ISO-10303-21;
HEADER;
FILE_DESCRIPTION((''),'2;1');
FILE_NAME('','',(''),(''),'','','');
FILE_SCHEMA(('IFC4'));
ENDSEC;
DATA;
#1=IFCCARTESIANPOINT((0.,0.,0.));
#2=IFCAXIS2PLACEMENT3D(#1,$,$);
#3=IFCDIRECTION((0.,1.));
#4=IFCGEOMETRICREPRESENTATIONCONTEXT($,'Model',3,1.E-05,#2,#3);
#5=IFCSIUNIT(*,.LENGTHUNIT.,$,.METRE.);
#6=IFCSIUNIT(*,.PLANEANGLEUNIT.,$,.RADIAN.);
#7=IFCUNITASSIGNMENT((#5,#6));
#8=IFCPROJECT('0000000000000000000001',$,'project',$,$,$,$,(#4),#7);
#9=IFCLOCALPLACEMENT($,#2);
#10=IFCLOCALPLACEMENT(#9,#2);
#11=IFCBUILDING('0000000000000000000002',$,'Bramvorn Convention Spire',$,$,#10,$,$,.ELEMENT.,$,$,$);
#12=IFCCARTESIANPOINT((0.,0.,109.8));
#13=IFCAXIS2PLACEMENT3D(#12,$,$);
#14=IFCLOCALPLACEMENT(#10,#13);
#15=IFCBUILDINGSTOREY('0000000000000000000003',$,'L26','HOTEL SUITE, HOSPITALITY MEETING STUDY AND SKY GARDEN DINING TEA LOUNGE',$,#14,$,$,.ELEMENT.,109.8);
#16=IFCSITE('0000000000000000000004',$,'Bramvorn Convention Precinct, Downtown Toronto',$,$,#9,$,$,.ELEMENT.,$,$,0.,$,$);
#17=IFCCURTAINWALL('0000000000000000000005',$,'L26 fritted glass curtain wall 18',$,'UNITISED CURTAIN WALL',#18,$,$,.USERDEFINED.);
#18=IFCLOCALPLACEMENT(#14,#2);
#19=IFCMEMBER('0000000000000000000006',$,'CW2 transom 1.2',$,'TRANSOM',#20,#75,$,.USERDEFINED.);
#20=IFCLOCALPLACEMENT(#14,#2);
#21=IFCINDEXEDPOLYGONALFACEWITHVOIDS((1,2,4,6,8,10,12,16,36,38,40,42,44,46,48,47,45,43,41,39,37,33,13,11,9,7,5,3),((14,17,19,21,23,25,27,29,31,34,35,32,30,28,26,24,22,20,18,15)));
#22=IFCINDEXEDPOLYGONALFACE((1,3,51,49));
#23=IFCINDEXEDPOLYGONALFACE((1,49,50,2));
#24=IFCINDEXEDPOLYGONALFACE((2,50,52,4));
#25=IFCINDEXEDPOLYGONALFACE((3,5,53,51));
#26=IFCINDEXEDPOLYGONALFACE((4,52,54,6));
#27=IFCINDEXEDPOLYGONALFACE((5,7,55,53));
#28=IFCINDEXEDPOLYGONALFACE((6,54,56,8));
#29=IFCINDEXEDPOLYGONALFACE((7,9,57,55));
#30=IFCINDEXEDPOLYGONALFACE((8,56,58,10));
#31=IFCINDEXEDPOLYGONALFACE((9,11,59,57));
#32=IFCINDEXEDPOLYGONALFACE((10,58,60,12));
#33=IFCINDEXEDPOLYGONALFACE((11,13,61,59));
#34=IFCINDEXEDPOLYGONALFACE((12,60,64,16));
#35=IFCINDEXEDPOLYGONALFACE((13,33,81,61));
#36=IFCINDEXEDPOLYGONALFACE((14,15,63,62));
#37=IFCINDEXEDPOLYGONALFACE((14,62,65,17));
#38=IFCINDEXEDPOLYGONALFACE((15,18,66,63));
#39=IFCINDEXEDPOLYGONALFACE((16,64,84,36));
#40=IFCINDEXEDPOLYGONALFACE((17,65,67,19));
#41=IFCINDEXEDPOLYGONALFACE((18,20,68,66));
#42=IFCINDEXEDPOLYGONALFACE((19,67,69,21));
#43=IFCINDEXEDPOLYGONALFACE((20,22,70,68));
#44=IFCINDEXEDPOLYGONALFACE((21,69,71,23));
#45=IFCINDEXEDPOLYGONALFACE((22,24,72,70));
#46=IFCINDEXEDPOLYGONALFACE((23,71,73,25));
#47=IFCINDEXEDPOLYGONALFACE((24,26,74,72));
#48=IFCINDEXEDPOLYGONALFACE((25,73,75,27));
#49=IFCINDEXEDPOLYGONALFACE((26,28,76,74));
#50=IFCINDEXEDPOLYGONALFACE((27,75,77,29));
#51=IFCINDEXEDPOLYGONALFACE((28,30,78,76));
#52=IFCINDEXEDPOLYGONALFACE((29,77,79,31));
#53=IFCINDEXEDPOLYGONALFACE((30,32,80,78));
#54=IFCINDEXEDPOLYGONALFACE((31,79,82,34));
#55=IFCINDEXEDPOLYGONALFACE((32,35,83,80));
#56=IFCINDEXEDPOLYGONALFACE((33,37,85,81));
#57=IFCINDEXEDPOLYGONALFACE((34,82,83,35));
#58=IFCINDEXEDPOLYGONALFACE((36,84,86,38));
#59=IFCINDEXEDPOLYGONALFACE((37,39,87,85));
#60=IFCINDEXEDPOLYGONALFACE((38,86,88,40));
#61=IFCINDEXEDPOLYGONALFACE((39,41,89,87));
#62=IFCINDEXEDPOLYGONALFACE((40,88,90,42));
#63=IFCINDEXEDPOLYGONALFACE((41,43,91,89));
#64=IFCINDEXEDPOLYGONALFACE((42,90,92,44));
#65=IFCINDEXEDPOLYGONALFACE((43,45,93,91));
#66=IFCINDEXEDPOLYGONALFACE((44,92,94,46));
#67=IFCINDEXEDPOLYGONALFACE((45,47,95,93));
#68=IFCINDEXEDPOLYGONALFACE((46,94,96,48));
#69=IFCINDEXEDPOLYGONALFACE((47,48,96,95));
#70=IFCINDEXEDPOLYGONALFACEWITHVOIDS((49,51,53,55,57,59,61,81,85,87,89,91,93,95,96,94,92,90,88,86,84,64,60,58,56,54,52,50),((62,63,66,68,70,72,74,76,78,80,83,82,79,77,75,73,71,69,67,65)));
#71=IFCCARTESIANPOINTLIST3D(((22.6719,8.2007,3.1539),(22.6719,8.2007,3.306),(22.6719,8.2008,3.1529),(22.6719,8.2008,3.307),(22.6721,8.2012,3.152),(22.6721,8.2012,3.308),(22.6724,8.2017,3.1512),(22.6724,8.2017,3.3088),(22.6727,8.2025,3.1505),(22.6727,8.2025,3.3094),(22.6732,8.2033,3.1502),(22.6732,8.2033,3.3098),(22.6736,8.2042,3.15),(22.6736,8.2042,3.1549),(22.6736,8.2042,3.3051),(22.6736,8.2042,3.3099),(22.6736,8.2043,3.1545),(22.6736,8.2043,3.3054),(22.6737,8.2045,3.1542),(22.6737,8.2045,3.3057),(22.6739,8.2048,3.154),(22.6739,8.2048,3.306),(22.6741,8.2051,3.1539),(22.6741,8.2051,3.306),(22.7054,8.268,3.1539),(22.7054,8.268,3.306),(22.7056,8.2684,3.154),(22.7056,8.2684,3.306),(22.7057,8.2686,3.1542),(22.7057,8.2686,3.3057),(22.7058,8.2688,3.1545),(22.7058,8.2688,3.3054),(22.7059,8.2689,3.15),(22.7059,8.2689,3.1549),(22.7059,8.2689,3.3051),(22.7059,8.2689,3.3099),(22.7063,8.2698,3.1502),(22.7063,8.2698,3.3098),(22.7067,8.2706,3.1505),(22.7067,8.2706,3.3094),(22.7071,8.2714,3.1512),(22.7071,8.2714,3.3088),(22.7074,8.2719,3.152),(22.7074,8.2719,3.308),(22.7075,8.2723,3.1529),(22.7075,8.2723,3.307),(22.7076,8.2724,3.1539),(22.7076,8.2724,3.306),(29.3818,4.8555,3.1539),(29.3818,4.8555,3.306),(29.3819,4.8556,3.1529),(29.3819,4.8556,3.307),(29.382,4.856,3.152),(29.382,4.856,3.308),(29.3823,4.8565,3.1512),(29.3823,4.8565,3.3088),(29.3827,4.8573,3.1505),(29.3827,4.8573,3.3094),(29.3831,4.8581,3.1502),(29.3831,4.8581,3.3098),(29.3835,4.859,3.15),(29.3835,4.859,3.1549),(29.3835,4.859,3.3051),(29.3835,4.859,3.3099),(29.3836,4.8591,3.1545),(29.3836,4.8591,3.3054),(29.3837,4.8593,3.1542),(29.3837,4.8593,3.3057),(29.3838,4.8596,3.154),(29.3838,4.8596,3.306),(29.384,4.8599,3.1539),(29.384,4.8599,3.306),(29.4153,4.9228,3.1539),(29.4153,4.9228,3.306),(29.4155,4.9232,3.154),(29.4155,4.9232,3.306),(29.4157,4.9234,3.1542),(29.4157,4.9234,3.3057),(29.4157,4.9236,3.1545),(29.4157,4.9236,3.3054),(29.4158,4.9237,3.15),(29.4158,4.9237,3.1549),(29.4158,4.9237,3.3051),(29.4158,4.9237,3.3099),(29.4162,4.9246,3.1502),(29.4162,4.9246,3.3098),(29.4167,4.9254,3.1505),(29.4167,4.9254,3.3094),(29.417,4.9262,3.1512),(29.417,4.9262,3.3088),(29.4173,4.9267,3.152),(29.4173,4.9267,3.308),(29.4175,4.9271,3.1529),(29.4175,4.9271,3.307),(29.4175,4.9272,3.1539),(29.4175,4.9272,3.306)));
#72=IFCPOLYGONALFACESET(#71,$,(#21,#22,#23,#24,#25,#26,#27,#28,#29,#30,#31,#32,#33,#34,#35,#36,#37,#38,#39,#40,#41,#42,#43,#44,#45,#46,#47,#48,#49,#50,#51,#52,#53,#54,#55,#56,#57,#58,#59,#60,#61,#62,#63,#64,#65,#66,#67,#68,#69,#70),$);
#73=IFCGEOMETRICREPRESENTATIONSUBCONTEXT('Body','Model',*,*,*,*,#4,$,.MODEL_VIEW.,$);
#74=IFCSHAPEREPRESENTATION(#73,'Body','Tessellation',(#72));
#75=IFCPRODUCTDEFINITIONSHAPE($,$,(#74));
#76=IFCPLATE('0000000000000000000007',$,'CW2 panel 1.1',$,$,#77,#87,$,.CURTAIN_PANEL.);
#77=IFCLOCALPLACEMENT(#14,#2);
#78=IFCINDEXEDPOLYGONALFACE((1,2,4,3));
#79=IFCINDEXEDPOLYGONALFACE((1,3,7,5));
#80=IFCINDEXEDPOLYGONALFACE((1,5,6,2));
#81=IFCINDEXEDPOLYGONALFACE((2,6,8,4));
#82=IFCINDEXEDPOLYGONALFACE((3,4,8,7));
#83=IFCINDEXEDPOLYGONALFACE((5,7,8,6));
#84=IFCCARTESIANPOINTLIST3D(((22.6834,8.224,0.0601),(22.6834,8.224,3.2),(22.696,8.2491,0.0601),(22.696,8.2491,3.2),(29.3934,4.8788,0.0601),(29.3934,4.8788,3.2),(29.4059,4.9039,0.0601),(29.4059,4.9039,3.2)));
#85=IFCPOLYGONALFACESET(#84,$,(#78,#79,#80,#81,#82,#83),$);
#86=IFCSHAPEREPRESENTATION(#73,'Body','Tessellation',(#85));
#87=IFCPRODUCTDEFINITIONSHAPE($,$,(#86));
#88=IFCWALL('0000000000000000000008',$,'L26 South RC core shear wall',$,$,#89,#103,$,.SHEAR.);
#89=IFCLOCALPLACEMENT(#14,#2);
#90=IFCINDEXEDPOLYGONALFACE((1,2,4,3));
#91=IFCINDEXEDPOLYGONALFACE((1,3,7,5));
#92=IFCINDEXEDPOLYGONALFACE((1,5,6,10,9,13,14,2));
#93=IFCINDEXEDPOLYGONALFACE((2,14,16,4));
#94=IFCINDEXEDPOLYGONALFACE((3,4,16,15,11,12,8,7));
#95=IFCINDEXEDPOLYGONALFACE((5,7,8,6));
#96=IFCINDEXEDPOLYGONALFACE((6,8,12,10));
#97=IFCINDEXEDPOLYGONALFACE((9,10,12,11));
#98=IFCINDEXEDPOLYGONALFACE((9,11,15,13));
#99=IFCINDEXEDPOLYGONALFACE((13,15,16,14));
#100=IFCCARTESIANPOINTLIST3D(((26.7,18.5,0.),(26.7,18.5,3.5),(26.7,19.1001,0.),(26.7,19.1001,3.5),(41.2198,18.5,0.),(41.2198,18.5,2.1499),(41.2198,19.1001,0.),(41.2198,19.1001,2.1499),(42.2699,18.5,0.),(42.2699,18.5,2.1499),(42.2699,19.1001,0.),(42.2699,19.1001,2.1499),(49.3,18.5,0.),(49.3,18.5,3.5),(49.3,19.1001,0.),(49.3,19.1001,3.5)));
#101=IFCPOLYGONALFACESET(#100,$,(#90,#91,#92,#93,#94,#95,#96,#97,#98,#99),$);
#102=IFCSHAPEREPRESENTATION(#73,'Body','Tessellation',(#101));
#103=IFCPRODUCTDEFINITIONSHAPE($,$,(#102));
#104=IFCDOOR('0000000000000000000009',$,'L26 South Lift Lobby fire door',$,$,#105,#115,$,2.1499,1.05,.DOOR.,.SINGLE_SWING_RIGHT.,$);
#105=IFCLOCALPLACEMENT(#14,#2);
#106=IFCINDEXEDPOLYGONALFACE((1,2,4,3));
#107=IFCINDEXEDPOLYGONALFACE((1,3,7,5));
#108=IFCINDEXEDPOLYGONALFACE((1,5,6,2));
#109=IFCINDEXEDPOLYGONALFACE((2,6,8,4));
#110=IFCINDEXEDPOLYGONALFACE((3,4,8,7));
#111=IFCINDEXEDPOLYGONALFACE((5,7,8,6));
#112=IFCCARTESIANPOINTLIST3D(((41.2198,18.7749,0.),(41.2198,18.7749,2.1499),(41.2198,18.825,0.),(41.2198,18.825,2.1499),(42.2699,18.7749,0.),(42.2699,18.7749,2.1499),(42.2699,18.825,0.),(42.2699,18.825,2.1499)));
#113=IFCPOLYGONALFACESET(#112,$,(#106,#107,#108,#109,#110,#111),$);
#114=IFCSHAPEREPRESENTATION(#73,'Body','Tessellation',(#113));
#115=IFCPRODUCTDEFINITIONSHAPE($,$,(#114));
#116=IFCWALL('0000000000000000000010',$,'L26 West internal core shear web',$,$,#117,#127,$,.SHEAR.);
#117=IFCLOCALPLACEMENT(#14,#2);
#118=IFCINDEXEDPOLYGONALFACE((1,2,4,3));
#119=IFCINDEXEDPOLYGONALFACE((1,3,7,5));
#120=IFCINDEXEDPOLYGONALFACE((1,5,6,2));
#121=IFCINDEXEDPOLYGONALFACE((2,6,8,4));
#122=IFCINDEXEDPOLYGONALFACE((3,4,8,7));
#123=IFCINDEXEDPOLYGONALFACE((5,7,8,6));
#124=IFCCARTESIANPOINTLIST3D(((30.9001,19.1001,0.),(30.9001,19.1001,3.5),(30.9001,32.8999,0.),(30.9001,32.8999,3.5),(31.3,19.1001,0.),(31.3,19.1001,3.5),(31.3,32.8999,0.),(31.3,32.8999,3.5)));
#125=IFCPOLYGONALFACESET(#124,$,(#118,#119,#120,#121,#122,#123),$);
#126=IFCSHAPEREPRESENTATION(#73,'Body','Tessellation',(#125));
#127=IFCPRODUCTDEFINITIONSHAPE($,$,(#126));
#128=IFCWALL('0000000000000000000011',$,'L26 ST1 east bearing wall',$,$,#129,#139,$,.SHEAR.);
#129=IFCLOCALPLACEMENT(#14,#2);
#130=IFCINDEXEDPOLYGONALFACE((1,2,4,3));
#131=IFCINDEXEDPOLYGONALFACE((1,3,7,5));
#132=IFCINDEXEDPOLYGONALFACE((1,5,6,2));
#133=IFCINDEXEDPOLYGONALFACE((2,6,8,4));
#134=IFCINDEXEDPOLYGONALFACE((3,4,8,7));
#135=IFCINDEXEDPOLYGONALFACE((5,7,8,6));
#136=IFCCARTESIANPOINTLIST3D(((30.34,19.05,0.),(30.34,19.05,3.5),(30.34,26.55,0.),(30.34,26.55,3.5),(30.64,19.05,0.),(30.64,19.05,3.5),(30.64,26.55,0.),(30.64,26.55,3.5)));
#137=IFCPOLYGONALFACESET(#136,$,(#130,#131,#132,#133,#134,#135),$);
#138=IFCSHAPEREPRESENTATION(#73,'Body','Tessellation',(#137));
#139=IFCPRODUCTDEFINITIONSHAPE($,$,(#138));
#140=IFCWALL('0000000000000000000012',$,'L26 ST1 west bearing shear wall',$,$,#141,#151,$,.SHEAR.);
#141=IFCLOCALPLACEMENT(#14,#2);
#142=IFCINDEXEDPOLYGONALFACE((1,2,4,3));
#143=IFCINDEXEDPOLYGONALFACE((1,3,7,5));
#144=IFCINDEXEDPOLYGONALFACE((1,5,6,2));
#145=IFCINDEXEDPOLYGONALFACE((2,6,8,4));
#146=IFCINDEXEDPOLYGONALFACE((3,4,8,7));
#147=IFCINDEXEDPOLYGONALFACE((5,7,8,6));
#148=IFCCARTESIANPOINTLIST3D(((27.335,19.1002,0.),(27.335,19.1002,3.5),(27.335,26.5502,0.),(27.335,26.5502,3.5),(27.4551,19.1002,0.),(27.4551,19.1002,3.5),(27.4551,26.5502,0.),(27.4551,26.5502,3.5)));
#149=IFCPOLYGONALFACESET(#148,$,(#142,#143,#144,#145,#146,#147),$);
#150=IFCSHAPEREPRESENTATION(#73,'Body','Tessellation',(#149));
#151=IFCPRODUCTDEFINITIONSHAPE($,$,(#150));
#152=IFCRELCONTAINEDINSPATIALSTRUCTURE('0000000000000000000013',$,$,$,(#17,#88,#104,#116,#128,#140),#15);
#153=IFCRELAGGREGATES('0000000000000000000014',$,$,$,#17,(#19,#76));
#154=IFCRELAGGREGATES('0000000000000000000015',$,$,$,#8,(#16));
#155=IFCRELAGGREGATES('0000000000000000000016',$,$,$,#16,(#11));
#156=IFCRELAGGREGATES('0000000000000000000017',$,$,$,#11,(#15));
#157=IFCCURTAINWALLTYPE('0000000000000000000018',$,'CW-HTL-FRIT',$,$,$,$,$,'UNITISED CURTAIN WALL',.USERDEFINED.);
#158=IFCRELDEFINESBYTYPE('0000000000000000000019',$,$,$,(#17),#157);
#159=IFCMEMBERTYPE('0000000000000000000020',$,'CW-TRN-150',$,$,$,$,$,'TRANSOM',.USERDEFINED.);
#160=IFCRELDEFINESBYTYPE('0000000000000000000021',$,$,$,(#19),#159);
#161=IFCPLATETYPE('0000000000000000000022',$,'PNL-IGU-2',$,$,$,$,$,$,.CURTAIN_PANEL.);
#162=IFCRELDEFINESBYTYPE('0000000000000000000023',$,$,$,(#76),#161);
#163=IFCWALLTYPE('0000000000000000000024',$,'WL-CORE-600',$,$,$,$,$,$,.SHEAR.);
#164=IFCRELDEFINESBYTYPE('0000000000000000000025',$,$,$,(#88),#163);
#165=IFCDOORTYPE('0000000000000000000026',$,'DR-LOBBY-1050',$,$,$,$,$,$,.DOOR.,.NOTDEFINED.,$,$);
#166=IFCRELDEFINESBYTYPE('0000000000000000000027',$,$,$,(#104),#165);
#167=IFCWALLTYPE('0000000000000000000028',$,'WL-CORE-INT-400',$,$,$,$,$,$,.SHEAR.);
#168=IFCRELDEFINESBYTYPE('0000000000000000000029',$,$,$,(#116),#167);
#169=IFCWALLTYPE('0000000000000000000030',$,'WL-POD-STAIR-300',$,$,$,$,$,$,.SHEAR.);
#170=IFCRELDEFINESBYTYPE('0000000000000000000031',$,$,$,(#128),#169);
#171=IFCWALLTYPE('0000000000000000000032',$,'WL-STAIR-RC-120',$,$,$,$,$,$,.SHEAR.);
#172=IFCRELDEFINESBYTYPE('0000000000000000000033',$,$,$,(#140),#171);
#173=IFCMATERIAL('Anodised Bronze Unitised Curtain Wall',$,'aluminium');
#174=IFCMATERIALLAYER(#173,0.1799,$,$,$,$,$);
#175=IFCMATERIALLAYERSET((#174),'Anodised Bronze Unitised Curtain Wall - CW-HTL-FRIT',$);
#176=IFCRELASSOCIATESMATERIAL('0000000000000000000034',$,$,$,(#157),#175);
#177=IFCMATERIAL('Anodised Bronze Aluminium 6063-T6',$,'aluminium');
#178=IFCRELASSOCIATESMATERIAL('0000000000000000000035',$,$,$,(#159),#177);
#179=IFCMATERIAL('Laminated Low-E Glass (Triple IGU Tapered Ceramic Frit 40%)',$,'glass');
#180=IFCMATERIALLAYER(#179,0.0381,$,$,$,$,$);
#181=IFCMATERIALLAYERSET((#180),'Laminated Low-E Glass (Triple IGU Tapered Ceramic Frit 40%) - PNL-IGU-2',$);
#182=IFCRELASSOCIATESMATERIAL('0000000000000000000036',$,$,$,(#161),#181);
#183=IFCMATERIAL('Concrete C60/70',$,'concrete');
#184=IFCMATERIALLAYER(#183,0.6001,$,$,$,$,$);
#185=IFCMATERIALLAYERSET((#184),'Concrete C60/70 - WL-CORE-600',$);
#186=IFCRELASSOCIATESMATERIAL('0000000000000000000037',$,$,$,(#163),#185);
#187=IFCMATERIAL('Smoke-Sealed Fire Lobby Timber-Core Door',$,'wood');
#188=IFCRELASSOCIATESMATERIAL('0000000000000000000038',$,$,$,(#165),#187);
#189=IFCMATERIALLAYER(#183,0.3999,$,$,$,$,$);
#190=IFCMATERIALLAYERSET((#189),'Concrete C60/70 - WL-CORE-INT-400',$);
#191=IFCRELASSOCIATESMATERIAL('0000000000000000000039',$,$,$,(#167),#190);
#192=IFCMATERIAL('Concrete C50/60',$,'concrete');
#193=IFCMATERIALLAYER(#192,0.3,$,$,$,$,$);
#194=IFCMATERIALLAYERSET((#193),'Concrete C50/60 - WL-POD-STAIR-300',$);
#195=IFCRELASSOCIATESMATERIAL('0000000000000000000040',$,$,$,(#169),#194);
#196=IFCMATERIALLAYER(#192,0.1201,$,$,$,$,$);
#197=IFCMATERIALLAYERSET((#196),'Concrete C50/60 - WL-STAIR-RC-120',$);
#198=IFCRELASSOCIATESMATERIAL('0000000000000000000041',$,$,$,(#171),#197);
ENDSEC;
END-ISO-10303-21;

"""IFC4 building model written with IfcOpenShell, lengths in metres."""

from ifc_helpers import new_model, si_unit, direction, frame, frame_2d, origin, origin_2d, place, context, subcontext, project, spatial, rectangle, hollow_rectangle, extrude, material, layer, layer_set, material_profile, profile_set, type_object, element, fill, aggregate, save


model = new_model("IFC4")

# Units and contexts
model_context = context("Model", 3, precision=1e-05, world=origin(), true_north=direction((0.0, 1.0)))
body_context = subcontext(model_context, "Body", "Model", "MODEL_VIEW")
ifc_project = project(units=[si_unit("LENGTHUNIT", "METRE"), si_unit("PLANEANGLEUNIT", "RADIAN")], contexts=[model_context])

# Site, building, storey
site_placement = place(None, origin())
site = spatial("IfcSite", under=ifc_project, at=site_placement, Name="Bramvorn Convention Precinct, Downtown Toronto", CompositionType="ELEMENT", RefElevation=0.0)
building_placement = place(site_placement, origin())
building = spatial("IfcBuilding", under=site, at=building_placement, Name="Bramvorn Convention Spire", CompositionType="ELEMENT")
storey_placement = place(building_placement, frame((0.0, 0.0, 109.8)))
storey = spatial("IfcBuildingStorey", under=building, at=storey_placement, Name="L26", Description="HOTEL SUITE, HOSPITALITY MEETING STUDY AND SKY GARDEN DINING TEA LOUNGE", CompositionType="ELEMENT", Elevation=109.8)

# Curtain wall, member, plate
ifc_material_1 = material(Name="Anodised Bronze Unitised Curtain Wall", Category="aluminium")
ifc_layer_1 = layer(ifc_material_1, 0.1799)
ifc_layer_set_1 = layer_set([ifc_layer_1], Name="Anodised Bronze Unitised Curtain Wall - CW-HTL-FRIT")
curtain_wall_type = type_object("IfcCurtainWallType", Name="CW-HTL-FRIT", ElementType="UNITISED CURTAIN WALL", PredefinedType="USERDEFINED", material=ifc_layer_set_1)
curtain_wall_placement = place(storey_placement, origin())
curtain_wall = element("IfcCurtainWall", 1, at=curtain_wall_placement, inside=storey, type_object=curtain_wall_type, Name="L26 fritted glass curtain wall 18", ObjectType="UNITISED CURTAIN WALL", PredefinedType="USERDEFINED")
ifc_material_2 = material(Name="Anodised Bronze Aluminium 6063-T6", Category="aluminium")
ifc_material_profile_1 = material_profile(ifc_material_2, hollow_rectangle(XDim=0.0801, YDim=0.1599, WallThickness=0.0039, InnerFilletRadius=0.001, OuterFilletRadius=0.0039, at=origin_2d()))
ifc_profile_set_1 = profile_set([ifc_material_profile_1], Name="Anodised Bronze Aluminium 6063-T6 - CWT80X160")
member_type_1 = type_object("IfcMemberType", Name="CW-TRN-150", ElementType="TRANSOM", PredefinedType="USERDEFINED", material=ifc_profile_set_1)
member_1_placement = place(storey_placement, frame((29.3997, 4.8914, 3.23), z_axis=(-0.894948, 0.446171, 0.0), x_axis=(-0.446171, -0.894948, 0.0)))
member_1 = element("IfcMember", 2, at=member_1_placement, type_object=member_type_1, Name="CW2 transom 1.2", ObjectType="TRANSOM", PredefinedType="USERDEFINED", context=body_context, shape_type="SweptSolid", body=[
    extrude(hollow_rectangle(XDim=0.0801, YDim=0.1599, WallThickness=0.0039, InnerFilletRadius=0.001, OuterFilletRadius=0.0039, at=origin_2d()), origin(), (0.0, 0.0, 1.0), 7.4976),
])
ifc_material_3 = material(Name="Laminated Low-E Glass (Triple IGU Tapered Ceramic Frit 40%)", Category="glass")
ifc_layer_2 = layer(ifc_material_3, 0.0381)
ifc_layer_set_2 = layer_set([ifc_layer_2], Name="Laminated Low-E Glass (Triple IGU Tapered Ceramic Frit 40%) - PNL-IGU-2")
plate_type = type_object("IfcPlateType", Name="PNL-IGU-2", PredefinedType="CURTAIN_PANEL", material=ifc_layer_set_2)
plate_placement = place(storey_placement, frame((26.0447, 6.564, 0.0601), z_axis=(0.0, 0.0, 1.0), x_axis=(-0.894949, 0.446168, 0.0)))
plate = element("IfcPlate", 3, at=plate_placement, type_object=plate_type, Name="CW2 panel 1.1", PredefinedType="CURTAIN_PANEL", context=body_context, shape_type="SweptSolid", body=[
    extrude(rectangle(XDim=7.4976, YDim=0.0281, at=origin_2d()), origin(), (0.0, 0.0, 1.0), 3.1399),
])
aggregate(curtain_wall, [member_1, plate])

# Wall, opening, door
ifc_material_4 = material(Name="Concrete C60/70", Category="concrete")
ifc_layer_3 = layer(ifc_material_4, 0.6001)
ifc_layer_set_3 = layer_set([ifc_layer_3], Name="Concrete C60/70 - WL-CORE-600")
wall_type_1 = type_object("IfcWallType", Name="WL-CORE-600", PredefinedType="SHEAR", material=ifc_layer_set_3)
wall_1_placement = place(storey_placement, frame((26.7, 18.8, 0.0), z_axis=(0.0, 0.0, 1.0), x_axis=(1.0, 0.0, 0.0)))
wall_1 = element("IfcWall", 4, at=wall_1_placement, inside=storey, type_object=wall_type_1, Name="L26 South RC core shear wall", PredefinedType="SHEAR", context=body_context, shape_type="SweptSolid", body=[
    extrude(rectangle(XDim=22.6001, YDim=0.6001, at=frame_2d((11.3, 0.0))), origin(), (0.0, 0.0, 1.0), 3.5),
])
opening_1_placement = place(wall_1_placement, frame((14.52, 0.0, 0.0)))
opening_1 = element("IfcOpeningElement", 5, at=opening_1_placement, cuts=wall_1, PredefinedType="OPENING", context=body_context, shape_type="SweptSolid", body=[
    extrude(rectangle(XDim=1.05, YDim=2.1499, at=frame_2d((0.5249, 1.075))), frame((0.0, 0.3101, 0.0), z_axis=(0.0, -1.0, 0.0), x_axis=(1.0, 0.0, 0.0)), (0.0, 0.0, 1.0), 0.6201),
])
ifc_material_5 = material(Name="Smoke-Sealed Fire Lobby Timber-Core Door", Category="wood")
door_type = type_object("IfcDoorType", Name="DR-LOBBY-1050", OperationType="NOTDEFINED", PredefinedType="DOOR", material=ifc_material_5)
door_1_placement = place(opening_1_placement, origin())
door_1 = element("IfcDoor", 6, at=door_1_placement, inside=storey, type_object=door_type, Name="L26 South Lift Lobby fire door", OperationType="SINGLE_SWING_RIGHT", OverallHeight=2.1499, OverallWidth=1.05, PredefinedType="DOOR", context=body_context, shape_type="SweptSolid", body=[
    extrude(rectangle(XDim=1.05, YDim=2.1499, at=frame_2d((0.5249, 1.075))), frame((0.0, 0.0249, 0.0), z_axis=(0.0, -1.0, 0.0), x_axis=(1.0, 0.0, 0.0)), (0.0, 0.0, 1.0), 0.05),
])
fill(opening_1, door_1)

# Walls
ifc_layer_4 = layer(ifc_material_4, 0.3999)
ifc_layer_set_4 = layer_set([ifc_layer_4], Name="Concrete C60/70 - WL-CORE-INT-400")
wall_type_2 = type_object("IfcWallType", Name="WL-CORE-INT-400", PredefinedType="SHEAR", material=ifc_layer_set_4)
wall_2_placement = place(storey_placement, frame((31.1001, 19.1001, 0.0), z_axis=(0.0, 0.0, 1.0), x_axis=(0.0, 1.0, 0.0)))
element("IfcWall", 7, at=wall_2_placement, inside=storey, type_object=wall_type_2, Name="L26 West internal core shear web", PredefinedType="SHEAR", context=body_context, shape_type="SweptSolid", body=[
    extrude(rectangle(XDim=13.7998, YDim=0.3999, at=frame_2d((6.8999, 0.0))), origin(), (0.0, 0.0, 1.0), 3.5),
])
ifc_material_6 = material(Name="Concrete C50/60", Category="concrete")
ifc_layer_5 = layer(ifc_material_6, 0.3)
ifc_layer_set_5 = layer_set([ifc_layer_5], Name="Concrete C50/60 - WL-POD-STAIR-300")
wall_type_3 = type_object("IfcWallType", Name="WL-POD-STAIR-300", PredefinedType="SHEAR", material=ifc_layer_set_5)
wall_3_placement = place(storey_placement, frame((30.49, 19.05, 0.0), z_axis=(0.0, 0.0, 1.0), x_axis=(0.0, 1.0, 0.0)))
element("IfcWall", 8, at=wall_3_placement, inside=storey, type_object=wall_type_3, Name="L26 ST1 east bearing wall", PredefinedType="SHEAR", context=body_context, shape_type="SweptSolid", body=[
    extrude(rectangle(XDim=7.5, YDim=0.3, at=frame_2d((3.75, 0.0))), origin(), (0.0, 0.0, 1.0), 3.5),
])
ifc_layer_6 = layer(ifc_material_6, 0.1201)
ifc_layer_set_6 = layer_set([ifc_layer_6], Name="Concrete C50/60 - WL-STAIR-RC-120")
wall_type_4 = type_object("IfcWallType", Name="WL-STAIR-RC-120", PredefinedType="SHEAR", material=ifc_layer_set_6)
wall_4_placement = place(storey_placement, frame((27.395, 19.1001, 0.0), z_axis=(0.0, 0.0, 1.0), x_axis=(0.0, 1.0, 0.0)))
element("IfcWall", 9, at=wall_4_placement, inside=storey, type_object=wall_type_4, Name="L26 ST1 west bearing shear wall", PredefinedType="SHEAR", context=body_context, shape_type="SweptSolid", body=[
    extrude(rectangle(XDim=7.45, YDim=0.1201, at=frame_2d((3.7251, 0.0))), origin(), (0.0, 0.0, 1.0), 3.5),
])

save(model, "model.ifc")
